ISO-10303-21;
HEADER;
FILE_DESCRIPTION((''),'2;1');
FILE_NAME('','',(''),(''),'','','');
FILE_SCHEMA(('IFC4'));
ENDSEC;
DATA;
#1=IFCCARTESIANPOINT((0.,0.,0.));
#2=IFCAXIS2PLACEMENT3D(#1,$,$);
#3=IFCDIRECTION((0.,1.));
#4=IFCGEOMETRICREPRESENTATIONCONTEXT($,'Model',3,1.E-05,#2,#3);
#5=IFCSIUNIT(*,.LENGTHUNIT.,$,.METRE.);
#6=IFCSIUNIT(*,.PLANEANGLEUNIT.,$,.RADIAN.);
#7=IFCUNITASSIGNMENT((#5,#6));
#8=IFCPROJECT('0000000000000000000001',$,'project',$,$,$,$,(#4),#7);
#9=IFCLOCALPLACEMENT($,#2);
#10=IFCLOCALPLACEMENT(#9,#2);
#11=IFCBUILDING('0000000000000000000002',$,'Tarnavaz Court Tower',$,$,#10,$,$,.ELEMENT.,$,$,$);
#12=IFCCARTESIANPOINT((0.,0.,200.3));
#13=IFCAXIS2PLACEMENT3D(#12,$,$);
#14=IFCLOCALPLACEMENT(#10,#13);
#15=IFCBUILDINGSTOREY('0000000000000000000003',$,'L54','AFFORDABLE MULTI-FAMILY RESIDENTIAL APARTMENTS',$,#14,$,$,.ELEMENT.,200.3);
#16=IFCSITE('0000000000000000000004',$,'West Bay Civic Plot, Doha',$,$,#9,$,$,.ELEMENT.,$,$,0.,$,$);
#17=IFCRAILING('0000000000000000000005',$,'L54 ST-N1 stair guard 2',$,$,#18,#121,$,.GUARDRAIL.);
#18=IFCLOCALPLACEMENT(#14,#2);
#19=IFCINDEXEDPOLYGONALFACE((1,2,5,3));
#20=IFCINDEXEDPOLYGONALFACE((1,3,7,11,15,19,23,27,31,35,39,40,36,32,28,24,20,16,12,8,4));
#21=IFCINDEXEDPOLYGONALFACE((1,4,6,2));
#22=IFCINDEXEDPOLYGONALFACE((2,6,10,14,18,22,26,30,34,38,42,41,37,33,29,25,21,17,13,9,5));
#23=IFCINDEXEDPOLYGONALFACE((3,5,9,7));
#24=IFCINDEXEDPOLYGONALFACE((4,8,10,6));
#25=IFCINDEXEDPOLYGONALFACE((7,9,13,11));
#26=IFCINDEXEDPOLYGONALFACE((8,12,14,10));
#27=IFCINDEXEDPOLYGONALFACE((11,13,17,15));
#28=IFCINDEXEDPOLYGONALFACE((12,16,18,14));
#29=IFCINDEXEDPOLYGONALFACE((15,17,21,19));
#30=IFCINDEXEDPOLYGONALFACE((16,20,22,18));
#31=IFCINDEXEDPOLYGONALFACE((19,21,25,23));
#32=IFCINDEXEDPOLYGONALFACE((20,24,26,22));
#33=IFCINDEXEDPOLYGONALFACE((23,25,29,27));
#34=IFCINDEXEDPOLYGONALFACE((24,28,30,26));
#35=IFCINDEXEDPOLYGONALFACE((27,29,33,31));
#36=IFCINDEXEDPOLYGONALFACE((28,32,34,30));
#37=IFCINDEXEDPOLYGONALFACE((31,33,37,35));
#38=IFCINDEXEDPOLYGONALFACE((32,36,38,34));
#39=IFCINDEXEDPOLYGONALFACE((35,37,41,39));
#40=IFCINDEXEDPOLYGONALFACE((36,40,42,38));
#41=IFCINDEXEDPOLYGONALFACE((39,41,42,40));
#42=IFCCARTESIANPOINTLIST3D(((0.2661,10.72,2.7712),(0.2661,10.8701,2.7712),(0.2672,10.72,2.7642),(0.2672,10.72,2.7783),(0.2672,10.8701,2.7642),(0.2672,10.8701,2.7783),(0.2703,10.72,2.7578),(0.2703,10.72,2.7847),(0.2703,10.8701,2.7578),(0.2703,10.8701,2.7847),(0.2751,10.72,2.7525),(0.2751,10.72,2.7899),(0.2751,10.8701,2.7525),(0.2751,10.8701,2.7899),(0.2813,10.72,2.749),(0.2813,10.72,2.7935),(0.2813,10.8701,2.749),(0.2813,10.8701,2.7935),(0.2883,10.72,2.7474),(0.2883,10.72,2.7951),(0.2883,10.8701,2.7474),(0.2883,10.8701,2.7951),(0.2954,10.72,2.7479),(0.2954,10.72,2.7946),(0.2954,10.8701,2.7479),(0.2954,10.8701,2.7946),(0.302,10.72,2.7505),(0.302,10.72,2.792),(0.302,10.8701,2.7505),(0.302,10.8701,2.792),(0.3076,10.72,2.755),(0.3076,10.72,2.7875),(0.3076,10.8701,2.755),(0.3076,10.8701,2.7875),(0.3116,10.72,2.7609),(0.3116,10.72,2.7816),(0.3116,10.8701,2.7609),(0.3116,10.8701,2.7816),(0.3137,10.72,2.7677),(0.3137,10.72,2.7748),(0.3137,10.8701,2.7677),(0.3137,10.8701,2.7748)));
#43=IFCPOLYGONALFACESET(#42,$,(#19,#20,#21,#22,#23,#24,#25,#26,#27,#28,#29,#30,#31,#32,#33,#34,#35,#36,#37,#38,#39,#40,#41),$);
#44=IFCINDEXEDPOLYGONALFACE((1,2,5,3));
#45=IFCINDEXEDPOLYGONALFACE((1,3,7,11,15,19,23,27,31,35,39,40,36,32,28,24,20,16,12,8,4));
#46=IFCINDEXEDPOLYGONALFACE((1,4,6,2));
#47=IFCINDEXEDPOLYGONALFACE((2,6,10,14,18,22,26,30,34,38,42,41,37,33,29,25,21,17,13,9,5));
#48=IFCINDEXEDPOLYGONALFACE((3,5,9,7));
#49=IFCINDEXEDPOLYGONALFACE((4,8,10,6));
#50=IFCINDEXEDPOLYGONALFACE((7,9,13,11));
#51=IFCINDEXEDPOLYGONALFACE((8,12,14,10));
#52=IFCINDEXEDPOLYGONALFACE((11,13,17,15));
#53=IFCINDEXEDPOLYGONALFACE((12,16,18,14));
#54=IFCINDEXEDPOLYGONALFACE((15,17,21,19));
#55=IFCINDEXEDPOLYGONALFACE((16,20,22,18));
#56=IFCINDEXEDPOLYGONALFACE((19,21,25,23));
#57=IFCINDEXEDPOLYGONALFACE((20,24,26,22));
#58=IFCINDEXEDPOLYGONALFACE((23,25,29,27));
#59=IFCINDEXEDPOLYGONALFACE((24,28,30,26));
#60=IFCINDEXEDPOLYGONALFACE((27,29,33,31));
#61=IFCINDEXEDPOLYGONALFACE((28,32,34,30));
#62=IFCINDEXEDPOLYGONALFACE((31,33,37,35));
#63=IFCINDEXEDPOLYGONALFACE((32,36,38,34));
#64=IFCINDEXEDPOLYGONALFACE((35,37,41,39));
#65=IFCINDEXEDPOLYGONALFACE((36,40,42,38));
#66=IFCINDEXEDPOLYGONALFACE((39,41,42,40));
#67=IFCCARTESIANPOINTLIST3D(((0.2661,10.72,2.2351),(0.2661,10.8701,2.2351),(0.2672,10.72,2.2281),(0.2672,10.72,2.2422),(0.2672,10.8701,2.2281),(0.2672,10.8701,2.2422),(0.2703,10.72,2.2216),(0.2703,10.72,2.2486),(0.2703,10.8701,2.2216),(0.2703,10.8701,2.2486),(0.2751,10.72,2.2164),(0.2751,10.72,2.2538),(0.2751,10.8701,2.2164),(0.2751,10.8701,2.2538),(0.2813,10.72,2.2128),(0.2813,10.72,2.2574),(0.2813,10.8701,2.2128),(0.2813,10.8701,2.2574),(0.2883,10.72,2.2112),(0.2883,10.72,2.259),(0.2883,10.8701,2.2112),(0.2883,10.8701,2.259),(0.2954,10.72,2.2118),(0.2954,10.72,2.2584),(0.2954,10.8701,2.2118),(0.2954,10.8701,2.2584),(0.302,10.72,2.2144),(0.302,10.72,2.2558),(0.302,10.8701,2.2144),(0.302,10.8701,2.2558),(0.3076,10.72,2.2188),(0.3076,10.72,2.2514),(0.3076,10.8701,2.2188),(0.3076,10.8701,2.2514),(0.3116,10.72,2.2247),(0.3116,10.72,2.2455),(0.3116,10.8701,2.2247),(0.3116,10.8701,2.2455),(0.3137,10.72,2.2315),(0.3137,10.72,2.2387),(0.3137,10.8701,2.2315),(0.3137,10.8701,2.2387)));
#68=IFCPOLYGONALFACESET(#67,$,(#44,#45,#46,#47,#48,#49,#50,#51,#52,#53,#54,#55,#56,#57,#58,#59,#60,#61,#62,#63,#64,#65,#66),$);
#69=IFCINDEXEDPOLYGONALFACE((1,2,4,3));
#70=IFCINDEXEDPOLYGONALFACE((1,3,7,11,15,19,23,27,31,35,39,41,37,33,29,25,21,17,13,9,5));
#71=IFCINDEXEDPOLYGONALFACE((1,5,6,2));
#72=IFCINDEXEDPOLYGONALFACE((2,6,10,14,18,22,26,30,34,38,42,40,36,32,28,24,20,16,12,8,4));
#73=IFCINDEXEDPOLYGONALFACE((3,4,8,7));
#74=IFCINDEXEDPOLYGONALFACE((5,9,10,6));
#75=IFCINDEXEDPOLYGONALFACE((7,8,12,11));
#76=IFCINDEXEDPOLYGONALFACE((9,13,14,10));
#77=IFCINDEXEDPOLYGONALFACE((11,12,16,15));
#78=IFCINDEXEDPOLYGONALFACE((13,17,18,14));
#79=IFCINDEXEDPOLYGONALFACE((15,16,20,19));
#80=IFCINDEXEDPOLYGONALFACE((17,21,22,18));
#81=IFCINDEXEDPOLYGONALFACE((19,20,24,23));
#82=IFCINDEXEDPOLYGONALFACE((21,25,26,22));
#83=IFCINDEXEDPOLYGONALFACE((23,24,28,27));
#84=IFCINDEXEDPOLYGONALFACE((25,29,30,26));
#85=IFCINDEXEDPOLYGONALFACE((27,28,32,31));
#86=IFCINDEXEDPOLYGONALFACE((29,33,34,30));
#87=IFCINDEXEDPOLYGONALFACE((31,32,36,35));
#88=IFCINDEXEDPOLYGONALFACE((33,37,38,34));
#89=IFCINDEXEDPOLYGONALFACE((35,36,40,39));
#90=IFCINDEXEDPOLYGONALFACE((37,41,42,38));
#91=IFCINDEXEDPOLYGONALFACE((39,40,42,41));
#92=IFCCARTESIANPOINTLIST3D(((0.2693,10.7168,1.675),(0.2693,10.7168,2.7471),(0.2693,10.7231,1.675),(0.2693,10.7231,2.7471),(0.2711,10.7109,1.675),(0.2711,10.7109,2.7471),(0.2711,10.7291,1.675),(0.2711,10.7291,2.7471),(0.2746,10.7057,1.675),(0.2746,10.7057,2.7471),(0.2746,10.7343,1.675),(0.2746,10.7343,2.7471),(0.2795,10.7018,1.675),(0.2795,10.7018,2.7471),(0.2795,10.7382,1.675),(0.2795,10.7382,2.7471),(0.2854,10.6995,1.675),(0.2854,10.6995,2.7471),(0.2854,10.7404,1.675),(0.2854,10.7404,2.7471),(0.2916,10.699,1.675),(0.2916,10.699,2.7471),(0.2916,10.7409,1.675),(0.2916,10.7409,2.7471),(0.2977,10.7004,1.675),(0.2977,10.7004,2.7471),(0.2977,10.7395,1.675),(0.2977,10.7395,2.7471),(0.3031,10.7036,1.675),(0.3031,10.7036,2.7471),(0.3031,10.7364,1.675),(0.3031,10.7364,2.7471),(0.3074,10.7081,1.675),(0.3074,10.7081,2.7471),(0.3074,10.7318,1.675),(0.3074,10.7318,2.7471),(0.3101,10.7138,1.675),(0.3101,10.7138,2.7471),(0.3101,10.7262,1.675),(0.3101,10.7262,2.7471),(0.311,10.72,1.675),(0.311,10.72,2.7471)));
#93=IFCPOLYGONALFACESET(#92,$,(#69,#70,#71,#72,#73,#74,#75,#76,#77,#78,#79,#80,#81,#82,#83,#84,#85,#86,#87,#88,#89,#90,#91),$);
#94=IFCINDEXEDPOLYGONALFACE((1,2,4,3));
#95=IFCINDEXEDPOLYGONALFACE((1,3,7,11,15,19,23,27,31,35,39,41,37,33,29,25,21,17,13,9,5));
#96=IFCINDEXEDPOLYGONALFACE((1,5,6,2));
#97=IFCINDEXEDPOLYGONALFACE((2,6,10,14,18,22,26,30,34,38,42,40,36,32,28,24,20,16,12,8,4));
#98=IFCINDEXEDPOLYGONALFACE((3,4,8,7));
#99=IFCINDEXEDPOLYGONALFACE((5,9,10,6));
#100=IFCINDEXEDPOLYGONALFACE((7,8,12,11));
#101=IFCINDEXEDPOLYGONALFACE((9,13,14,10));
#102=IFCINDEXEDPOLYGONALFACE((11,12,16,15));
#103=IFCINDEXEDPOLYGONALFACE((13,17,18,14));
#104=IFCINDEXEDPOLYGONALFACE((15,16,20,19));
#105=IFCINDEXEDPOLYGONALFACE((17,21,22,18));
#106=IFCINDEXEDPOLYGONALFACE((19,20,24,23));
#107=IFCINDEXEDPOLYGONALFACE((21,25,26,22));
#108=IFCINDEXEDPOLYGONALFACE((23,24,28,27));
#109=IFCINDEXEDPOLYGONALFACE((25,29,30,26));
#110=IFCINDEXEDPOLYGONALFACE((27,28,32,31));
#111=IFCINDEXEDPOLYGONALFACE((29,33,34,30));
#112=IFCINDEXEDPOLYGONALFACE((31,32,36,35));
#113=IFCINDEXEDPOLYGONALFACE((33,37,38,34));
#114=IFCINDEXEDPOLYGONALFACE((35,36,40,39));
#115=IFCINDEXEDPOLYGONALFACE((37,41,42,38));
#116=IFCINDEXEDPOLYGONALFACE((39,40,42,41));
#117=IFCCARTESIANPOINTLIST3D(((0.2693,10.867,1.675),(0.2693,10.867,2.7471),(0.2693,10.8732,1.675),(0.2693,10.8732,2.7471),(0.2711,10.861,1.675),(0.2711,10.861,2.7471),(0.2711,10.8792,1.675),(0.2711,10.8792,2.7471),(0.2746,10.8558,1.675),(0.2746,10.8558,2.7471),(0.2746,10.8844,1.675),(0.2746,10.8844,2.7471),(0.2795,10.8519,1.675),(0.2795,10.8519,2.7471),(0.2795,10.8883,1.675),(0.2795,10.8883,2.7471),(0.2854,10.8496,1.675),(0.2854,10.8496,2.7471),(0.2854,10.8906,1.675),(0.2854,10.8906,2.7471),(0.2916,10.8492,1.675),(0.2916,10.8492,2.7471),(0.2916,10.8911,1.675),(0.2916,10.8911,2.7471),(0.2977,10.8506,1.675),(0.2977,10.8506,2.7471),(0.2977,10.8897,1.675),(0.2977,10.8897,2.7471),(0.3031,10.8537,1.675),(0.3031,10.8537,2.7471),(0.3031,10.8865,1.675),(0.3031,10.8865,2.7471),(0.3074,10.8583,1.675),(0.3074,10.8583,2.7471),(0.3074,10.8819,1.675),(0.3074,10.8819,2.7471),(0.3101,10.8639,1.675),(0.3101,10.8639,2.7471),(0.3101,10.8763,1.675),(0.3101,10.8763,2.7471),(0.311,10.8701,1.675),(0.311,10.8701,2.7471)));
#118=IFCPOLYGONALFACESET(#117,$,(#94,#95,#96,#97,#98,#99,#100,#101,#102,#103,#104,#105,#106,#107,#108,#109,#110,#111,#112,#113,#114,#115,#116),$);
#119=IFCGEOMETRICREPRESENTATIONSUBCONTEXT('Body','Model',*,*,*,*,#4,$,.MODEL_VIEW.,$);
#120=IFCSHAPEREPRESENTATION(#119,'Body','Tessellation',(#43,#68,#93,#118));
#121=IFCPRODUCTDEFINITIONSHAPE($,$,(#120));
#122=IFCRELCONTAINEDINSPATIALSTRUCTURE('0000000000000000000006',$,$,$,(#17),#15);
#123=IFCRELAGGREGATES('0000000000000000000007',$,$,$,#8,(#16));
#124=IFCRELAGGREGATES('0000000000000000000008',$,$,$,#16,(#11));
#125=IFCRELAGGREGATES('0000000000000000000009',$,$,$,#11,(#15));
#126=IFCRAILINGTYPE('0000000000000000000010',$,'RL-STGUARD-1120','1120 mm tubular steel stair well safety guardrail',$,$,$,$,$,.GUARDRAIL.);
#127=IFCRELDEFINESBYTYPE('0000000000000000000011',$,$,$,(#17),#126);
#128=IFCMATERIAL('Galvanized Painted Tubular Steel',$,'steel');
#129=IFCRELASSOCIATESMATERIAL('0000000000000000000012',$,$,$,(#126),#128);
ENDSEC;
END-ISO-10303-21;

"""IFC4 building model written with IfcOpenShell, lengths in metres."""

from ifc_helpers import new_model, si_unit, direction, frame, origin, origin_2d, place, context, subcontext, project, spatial, circle, extrude, material, type_object, element, save


model = new_model("IFC4")

# Units and contexts
model_context = context("Model", 3, precision=1e-05, world=origin(), true_north=direction((0.0, 1.0)))
body_context = subcontext(model_context, "Body", "Model", "MODEL_VIEW")
ifc_project = project(units=[si_unit("LENGTHUNIT", "METRE"), si_unit("PLANEANGLEUNIT", "RADIAN")], contexts=[model_context])

# Site, building, storey
site_placement = place(None, origin())
site = spatial("IfcSite", under=ifc_project, at=site_placement, Name="West Bay Civic Plot, Doha", CompositionType="ELEMENT", RefElevation=0.0)
building_placement = place(site_placement, origin())
building = spatial("IfcBuilding", under=site, at=building_placement, Name="Tarnavaz Court Tower", CompositionType="ELEMENT")
storey_placement = place(building_placement, frame((0.0, 0.0, 200.3)))
storey = spatial("IfcBuildingStorey", under=building, at=storey_placement, Name="L54", Description="AFFORDABLE MULTI-FAMILY RESIDENTIAL APARTMENTS", CompositionType="ELEMENT", Elevation=200.3)

# Railing
ifc_material_1 = material(Name="Galvanized Painted Tubular Steel", Category="steel")
railing_type_1 = type_object("IfcRailingType", Name="RL-STGUARD-1120", Description="1120 mm tubular steel stair well safety guardrail", PredefinedType="GUARDRAIL", material=ifc_material_1)
railing_1_placement = place(storey_placement, frame((0.29, 10.72, 1.675)))
element("IfcRailing", 1, at=railing_1_placement, inside=storey, type_object=railing_type_1, Name="L54 ST-N1 stair guard 2", PredefinedType="GUARDRAIL", context=body_context, shape_type="SweptSolid", body=[
    extrude(circle(Radius=0.0239, at=origin_2d()), frame((0.0, 0.0, 1.0962), z_axis=(0.0, 1.0, 0.0), x_axis=(-1.0, 0.0, 0.0)), (0.0, 0.0, 1.0), 0.1501),
    extrude(circle(Radius=0.0239, at=origin_2d()), frame((0.0, 0.0, 0.5601), z_axis=(0.0, 1.0, 0.0), x_axis=(-1.0, 0.0, 0.0)), (0.0, 0.0, 1.0), 0.1501),
    extrude(circle(Radius=0.021, at=origin_2d()), origin(), (0.0, 0.0, 1.0), 1.072),
    extrude(circle(Radius=0.021, at=origin_2d()), frame((0.0, 0.1501, 0.0)), (0.0, 0.0, 1.0), 1.072),
])

save(model, "model.ifc")
